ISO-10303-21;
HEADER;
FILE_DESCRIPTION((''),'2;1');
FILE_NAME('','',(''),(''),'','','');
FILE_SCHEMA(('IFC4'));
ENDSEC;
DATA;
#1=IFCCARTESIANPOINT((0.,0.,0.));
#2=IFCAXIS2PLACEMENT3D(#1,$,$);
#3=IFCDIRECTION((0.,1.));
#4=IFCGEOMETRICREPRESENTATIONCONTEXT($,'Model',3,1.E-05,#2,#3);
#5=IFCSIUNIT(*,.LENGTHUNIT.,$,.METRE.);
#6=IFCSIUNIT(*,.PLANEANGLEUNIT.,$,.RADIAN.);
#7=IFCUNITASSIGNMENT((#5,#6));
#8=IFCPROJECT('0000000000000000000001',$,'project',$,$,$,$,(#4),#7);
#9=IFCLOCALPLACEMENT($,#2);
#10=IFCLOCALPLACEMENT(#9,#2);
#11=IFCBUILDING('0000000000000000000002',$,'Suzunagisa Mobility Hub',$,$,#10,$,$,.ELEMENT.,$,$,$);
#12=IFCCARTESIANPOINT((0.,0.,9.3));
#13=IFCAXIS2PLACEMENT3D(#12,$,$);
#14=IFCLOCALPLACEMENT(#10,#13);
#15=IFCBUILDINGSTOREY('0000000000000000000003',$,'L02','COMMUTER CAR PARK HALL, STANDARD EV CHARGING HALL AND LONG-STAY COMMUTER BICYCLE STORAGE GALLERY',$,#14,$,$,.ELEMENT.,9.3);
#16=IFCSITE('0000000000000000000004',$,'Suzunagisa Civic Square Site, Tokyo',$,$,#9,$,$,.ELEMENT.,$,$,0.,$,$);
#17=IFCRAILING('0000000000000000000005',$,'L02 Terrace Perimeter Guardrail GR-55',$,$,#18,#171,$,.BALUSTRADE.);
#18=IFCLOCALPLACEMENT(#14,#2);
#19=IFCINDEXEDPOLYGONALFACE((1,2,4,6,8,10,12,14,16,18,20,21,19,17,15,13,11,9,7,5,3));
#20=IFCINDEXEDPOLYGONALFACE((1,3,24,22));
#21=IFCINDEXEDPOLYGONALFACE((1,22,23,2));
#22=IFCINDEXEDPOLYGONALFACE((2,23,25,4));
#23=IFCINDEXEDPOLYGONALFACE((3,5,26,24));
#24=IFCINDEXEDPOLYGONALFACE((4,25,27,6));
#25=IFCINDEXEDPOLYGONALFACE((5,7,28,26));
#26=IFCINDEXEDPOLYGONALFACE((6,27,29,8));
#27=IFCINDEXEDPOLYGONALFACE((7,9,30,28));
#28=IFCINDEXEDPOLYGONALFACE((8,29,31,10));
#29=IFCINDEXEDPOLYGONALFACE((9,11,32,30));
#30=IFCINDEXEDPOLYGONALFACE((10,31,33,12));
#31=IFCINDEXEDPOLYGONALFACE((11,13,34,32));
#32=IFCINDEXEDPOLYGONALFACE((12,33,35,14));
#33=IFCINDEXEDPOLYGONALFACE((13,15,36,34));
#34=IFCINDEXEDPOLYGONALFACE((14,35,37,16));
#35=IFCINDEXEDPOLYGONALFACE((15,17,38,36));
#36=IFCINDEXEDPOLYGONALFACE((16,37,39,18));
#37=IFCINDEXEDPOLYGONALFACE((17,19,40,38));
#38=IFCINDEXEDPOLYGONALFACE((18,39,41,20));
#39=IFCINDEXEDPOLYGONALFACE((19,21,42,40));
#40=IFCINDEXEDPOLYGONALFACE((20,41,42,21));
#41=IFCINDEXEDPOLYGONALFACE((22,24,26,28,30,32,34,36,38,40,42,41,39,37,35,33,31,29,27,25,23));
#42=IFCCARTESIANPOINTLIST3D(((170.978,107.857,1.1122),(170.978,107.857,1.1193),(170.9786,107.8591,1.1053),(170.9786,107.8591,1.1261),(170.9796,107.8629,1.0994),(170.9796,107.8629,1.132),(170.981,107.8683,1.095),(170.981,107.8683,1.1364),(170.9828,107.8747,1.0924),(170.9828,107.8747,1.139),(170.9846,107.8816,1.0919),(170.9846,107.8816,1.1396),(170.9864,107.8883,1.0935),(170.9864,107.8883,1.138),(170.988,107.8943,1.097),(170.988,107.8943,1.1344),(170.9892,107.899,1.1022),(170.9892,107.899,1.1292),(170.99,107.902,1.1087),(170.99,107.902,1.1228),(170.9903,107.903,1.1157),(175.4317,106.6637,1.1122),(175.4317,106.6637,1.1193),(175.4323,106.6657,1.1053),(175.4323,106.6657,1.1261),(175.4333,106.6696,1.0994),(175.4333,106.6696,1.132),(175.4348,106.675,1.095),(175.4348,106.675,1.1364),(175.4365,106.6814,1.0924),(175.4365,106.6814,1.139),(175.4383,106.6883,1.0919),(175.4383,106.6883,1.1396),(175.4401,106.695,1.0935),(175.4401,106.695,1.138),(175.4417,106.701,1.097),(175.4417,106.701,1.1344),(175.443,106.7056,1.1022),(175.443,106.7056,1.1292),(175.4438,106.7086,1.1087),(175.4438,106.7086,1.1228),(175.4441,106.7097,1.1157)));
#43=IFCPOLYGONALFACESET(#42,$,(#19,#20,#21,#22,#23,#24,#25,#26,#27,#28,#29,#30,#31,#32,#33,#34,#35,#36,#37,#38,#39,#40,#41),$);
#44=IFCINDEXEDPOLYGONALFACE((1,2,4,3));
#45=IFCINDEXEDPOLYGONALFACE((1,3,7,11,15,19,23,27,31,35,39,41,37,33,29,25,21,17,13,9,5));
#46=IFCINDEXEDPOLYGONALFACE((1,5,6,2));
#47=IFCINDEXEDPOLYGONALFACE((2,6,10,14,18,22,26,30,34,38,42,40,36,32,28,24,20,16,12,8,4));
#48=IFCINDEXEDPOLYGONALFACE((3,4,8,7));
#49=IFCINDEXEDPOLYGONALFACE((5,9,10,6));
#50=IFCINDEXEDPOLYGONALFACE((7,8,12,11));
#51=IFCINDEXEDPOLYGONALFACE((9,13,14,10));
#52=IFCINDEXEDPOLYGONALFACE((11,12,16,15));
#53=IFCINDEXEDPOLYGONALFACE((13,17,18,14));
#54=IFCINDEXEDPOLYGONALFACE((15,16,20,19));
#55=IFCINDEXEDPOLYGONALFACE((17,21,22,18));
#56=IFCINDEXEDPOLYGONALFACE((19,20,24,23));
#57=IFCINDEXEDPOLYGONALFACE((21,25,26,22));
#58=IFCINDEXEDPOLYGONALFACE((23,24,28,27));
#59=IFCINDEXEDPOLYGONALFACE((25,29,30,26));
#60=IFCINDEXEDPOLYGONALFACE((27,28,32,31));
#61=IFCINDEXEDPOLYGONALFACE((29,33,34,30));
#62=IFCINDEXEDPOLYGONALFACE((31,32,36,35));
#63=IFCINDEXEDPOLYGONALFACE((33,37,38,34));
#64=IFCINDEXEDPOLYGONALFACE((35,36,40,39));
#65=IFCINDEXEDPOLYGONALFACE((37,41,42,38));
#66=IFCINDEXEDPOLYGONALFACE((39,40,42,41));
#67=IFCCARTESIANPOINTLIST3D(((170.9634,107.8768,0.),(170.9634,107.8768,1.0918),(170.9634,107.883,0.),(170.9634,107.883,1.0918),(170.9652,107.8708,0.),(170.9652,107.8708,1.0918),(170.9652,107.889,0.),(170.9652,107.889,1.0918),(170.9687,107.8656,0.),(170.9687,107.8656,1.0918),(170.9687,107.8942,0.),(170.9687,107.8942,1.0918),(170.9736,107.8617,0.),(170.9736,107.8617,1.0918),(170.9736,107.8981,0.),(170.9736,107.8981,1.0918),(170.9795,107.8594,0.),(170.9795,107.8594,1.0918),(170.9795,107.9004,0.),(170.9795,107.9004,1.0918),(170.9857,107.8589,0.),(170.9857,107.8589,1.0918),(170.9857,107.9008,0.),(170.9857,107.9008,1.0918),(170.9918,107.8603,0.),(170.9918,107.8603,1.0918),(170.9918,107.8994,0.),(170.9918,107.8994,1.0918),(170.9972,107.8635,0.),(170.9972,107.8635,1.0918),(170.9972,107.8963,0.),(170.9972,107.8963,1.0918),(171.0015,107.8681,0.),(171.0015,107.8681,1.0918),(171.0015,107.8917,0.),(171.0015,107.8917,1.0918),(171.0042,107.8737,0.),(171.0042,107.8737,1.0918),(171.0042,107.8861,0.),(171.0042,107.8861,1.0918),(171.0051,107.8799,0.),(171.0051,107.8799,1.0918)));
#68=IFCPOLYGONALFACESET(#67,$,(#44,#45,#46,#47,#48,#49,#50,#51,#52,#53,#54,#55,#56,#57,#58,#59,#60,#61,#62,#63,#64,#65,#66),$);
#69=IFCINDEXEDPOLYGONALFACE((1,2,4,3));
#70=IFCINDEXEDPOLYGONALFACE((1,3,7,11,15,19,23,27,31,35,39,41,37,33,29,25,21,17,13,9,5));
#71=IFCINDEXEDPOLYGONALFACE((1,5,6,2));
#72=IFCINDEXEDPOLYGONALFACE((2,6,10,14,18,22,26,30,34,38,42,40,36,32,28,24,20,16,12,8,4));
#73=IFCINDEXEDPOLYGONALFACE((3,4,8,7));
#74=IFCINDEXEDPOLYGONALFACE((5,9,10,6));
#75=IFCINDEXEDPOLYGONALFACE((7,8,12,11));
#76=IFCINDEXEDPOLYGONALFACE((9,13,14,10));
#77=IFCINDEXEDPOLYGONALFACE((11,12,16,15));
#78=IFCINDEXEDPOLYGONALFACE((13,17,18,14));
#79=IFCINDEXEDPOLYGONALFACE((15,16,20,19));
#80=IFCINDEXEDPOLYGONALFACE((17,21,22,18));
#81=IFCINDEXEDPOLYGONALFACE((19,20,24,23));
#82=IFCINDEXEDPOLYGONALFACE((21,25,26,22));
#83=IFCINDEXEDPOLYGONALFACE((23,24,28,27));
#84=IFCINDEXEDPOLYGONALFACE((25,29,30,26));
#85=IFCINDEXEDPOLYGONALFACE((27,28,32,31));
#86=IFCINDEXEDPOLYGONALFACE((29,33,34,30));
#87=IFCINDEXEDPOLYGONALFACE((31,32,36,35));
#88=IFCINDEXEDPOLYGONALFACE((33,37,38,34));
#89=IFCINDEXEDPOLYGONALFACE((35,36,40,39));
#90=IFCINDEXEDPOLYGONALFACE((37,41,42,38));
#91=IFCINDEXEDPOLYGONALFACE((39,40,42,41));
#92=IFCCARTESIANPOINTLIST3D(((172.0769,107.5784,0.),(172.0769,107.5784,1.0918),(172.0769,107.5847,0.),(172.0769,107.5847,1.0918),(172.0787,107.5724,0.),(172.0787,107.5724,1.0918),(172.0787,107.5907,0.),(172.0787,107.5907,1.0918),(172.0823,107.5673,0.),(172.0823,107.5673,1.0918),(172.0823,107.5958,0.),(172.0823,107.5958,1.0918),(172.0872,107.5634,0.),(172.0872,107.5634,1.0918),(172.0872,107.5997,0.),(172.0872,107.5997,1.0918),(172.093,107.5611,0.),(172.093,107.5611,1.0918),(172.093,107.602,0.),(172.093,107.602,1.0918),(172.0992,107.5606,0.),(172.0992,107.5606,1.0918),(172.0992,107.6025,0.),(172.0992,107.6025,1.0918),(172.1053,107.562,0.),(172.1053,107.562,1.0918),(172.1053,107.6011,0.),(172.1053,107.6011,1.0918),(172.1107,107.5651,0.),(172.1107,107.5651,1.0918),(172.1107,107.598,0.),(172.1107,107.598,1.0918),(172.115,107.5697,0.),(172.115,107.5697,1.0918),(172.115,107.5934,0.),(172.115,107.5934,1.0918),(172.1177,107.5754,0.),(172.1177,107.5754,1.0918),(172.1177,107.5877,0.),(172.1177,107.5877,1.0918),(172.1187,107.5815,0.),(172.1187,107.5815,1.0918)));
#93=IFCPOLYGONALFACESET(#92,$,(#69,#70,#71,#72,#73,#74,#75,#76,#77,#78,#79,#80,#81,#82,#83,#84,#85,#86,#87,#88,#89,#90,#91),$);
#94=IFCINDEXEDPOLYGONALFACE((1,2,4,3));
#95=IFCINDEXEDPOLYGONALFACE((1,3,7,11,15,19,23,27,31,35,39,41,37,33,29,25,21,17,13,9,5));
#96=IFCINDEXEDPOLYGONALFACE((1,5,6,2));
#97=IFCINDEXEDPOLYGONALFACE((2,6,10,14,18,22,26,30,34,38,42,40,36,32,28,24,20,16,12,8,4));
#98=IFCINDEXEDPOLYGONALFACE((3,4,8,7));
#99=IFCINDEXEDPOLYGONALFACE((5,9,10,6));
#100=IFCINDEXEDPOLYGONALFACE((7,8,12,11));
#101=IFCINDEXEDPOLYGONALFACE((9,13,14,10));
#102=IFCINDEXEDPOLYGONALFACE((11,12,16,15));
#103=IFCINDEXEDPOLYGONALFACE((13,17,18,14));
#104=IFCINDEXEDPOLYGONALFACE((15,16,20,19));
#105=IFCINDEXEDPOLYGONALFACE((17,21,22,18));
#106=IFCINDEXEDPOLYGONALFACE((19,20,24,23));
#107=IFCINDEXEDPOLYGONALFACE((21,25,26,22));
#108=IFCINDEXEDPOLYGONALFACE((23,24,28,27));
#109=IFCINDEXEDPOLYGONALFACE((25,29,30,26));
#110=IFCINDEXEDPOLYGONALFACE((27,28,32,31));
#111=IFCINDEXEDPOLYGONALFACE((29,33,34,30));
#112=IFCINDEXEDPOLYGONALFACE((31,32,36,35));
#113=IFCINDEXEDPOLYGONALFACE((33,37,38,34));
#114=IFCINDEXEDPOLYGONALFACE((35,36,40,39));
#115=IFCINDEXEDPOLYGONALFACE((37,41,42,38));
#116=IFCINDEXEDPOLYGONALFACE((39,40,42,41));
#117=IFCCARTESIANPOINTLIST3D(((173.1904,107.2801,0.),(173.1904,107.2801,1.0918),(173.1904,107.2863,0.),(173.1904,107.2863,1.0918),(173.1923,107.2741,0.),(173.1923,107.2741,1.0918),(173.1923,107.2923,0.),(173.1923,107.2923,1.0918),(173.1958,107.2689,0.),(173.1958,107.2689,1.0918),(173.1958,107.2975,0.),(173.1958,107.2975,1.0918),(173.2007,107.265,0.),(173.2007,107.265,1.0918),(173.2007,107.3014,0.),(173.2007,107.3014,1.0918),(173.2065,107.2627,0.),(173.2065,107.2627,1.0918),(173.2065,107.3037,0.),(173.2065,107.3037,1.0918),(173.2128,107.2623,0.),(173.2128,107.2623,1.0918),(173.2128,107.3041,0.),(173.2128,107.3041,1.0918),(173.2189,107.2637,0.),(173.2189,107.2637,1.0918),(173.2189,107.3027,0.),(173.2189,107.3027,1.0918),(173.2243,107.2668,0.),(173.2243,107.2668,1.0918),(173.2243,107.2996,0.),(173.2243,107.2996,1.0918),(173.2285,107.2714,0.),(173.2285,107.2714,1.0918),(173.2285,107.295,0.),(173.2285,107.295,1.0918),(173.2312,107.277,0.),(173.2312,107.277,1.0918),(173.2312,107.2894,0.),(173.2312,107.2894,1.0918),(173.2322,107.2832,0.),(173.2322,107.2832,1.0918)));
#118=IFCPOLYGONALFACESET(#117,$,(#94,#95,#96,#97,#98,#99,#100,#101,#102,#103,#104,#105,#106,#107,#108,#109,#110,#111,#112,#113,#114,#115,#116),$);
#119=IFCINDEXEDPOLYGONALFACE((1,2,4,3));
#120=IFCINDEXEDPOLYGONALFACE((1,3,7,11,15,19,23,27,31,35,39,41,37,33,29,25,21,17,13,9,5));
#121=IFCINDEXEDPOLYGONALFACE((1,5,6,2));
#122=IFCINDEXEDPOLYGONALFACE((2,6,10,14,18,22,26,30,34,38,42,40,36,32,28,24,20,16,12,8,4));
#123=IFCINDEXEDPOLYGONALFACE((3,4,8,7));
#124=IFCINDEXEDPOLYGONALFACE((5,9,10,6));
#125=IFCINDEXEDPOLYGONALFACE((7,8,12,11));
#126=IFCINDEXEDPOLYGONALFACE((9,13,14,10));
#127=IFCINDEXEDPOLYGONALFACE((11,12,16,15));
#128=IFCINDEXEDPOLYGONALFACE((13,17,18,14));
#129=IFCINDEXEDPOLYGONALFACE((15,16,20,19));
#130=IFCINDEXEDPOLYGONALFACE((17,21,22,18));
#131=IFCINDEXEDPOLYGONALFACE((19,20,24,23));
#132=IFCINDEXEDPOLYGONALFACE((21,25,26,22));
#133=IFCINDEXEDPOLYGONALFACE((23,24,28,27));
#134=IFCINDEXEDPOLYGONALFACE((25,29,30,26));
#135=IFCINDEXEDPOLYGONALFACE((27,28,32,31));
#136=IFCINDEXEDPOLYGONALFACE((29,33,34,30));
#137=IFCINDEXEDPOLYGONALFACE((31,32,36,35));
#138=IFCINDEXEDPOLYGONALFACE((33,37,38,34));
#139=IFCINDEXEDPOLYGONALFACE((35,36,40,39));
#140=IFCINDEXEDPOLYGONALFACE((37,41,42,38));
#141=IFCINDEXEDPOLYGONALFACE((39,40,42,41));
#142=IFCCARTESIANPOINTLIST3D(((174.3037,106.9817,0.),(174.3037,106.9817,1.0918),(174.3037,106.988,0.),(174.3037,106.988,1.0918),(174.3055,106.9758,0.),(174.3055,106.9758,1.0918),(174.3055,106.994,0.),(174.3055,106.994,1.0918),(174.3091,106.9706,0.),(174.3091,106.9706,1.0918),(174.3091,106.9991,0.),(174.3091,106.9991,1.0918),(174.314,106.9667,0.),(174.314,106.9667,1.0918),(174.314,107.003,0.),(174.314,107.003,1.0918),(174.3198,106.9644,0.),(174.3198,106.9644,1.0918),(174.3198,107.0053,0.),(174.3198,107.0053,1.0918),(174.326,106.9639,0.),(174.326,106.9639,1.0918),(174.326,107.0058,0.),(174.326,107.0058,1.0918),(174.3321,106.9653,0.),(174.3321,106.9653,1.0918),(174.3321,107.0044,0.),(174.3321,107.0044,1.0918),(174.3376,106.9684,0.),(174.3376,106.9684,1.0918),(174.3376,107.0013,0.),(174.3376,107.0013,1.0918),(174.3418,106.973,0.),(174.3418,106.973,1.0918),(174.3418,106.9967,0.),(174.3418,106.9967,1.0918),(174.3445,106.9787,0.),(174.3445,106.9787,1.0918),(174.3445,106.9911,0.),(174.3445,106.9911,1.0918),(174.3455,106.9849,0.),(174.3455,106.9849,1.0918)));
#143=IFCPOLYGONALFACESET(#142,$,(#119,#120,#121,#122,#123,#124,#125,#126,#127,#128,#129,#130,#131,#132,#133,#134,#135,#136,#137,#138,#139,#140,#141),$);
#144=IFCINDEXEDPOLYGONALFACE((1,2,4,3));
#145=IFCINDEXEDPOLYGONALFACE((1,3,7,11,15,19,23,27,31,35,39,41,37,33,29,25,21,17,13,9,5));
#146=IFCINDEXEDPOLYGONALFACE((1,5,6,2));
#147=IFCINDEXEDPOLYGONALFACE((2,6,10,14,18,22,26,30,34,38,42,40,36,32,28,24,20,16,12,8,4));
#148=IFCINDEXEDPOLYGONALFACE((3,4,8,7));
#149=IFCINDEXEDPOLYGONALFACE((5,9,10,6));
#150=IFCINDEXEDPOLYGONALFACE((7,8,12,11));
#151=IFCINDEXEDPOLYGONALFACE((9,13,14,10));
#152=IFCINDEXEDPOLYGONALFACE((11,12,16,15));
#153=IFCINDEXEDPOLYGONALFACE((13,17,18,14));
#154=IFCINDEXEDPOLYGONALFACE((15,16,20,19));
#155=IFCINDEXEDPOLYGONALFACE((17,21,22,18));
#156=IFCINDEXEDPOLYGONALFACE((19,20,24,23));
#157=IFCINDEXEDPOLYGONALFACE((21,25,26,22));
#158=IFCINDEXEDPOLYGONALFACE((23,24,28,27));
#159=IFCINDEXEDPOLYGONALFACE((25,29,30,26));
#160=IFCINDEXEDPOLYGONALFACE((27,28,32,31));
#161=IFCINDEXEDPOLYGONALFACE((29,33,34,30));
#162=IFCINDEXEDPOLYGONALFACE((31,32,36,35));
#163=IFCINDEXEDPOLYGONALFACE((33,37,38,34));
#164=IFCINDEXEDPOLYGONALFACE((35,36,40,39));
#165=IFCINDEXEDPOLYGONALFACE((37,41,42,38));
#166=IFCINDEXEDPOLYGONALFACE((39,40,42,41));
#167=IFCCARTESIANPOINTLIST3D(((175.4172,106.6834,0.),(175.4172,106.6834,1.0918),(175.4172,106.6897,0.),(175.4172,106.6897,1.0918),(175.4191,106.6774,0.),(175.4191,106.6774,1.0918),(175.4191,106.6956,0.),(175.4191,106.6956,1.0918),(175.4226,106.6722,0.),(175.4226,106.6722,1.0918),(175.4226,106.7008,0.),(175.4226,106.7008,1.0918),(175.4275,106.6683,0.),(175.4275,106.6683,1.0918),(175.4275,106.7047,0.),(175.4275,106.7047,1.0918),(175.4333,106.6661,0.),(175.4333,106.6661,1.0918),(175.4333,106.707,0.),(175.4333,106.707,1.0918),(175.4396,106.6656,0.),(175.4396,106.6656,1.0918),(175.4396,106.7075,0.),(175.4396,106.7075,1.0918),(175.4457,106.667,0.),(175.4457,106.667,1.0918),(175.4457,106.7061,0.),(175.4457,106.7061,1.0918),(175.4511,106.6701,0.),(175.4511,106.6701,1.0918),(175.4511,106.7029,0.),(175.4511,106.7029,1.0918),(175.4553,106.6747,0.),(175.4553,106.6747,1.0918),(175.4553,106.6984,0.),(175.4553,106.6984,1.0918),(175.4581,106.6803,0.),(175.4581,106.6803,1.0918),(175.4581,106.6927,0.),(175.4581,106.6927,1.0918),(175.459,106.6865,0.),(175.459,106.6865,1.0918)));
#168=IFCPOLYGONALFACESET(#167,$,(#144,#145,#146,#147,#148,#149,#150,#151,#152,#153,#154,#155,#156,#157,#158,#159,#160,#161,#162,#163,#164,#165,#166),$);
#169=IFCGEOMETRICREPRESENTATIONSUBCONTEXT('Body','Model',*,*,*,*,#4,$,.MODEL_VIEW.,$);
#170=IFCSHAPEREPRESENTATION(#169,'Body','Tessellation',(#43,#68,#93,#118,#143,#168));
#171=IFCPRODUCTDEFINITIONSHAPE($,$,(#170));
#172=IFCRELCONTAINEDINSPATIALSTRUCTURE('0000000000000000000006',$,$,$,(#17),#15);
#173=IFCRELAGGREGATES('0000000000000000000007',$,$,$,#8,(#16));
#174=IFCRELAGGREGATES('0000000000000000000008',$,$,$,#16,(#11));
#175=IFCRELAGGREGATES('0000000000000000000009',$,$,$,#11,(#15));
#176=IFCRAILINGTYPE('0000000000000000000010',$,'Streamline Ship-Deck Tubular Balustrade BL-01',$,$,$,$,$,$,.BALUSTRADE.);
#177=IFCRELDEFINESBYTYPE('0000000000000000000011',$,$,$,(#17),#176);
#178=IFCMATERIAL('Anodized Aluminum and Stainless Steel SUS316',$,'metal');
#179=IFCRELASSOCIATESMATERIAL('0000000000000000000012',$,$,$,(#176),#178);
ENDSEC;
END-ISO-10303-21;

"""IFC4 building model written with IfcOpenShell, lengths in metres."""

from ifc_helpers import new_model, si_unit, direction, frame, origin, origin_2d, place, context, subcontext, project, spatial, circle, extrude, material, type_object, element, save


model = new_model("IFC4")

# Units and contexts
model_context = context("Model", 3, precision=1e-05, world=origin(), true_north=direction((0.0, 1.0)))
body_context = subcontext(model_context, "Body", "Model", "MODEL_VIEW")
ifc_project = project(units=[si_unit("LENGTHUNIT", "METRE"), si_unit("PLANEANGLEUNIT", "RADIAN")], contexts=[model_context])

# Site, building, storey
site_placement = place(None, origin())
site = spatial("IfcSite", under=ifc_project, at=site_placement, Name="Suzunagisa Civic Square Site, Tokyo", CompositionType="ELEMENT", RefElevation=0.0)
building_placement = place(site_placement, origin())
building = spatial("IfcBuilding", under=site, at=building_placement, Name="Suzunagisa Mobility Hub", CompositionType="ELEMENT")
storey_placement = place(building_placement, frame((0.0, 0.0, 9.3)))
storey = spatial("IfcBuildingStorey", under=building, at=storey_placement, Name="L02", Description="COMMUTER CAR PARK HALL, STANDARD EV CHARGING HALL AND LONG-STAY COMMUTER BICYCLE STORAGE GALLERY", CompositionType="ELEMENT", Elevation=9.3)

# Railing
ifc_material_1 = material(Name="Anodized Aluminum and Stainless Steel SUS316", Category="metal")
railing_type = type_object("IfcRailingType", Name="Streamline Ship-Deck Tubular Balustrade BL-01", PredefinedType="BALUSTRADE", material=ifc_material_1)
railing_placement = place(storey_placement, frame((170.9841, 107.8799, 0.0)))
element("IfcRailing", 1, at=railing_placement, inside=storey, type_object=railing_type, Name="L02 Terrace Perimeter Guardrail GR-55", PredefinedType="BALUSTRADE", context=body_context, shape_type="SweptSolid", body=[
    extrude(circle(Radius=0.0239, at=origin_2d()), frame((0.0, 0.0, 1.1157), z_axis=(0.965928, -0.258809, 0.0), x_axis=(0.258809, 0.965928, 0.0)), (0.0, 0.0, 1.0), 4.6108),
    extrude(circle(Radius=0.021, at=origin_2d()), origin(), (0.0, 0.0, 1.0), 1.0918),
    extrude(circle(Radius=0.021, at=origin_2d()), frame((1.1135, -0.2983, 0.0)), (0.0, 0.0, 1.0), 1.0918),
    extrude(circle(Radius=0.021, at=origin_2d()), frame((2.2271, -0.5967, 0.0)), (0.0, 0.0, 1.0), 1.0918),
    extrude(circle(Radius=0.021, at=origin_2d()), frame((3.3403, -0.895, 0.0)), (0.0, 0.0, 1.0), 1.0918),
    extrude(circle(Radius=0.021, at=origin_2d()), frame((4.4539, -1.1934, 0.0)), (0.0, 0.0, 1.0), 1.0918),
])

save(model, "model.ifc")
